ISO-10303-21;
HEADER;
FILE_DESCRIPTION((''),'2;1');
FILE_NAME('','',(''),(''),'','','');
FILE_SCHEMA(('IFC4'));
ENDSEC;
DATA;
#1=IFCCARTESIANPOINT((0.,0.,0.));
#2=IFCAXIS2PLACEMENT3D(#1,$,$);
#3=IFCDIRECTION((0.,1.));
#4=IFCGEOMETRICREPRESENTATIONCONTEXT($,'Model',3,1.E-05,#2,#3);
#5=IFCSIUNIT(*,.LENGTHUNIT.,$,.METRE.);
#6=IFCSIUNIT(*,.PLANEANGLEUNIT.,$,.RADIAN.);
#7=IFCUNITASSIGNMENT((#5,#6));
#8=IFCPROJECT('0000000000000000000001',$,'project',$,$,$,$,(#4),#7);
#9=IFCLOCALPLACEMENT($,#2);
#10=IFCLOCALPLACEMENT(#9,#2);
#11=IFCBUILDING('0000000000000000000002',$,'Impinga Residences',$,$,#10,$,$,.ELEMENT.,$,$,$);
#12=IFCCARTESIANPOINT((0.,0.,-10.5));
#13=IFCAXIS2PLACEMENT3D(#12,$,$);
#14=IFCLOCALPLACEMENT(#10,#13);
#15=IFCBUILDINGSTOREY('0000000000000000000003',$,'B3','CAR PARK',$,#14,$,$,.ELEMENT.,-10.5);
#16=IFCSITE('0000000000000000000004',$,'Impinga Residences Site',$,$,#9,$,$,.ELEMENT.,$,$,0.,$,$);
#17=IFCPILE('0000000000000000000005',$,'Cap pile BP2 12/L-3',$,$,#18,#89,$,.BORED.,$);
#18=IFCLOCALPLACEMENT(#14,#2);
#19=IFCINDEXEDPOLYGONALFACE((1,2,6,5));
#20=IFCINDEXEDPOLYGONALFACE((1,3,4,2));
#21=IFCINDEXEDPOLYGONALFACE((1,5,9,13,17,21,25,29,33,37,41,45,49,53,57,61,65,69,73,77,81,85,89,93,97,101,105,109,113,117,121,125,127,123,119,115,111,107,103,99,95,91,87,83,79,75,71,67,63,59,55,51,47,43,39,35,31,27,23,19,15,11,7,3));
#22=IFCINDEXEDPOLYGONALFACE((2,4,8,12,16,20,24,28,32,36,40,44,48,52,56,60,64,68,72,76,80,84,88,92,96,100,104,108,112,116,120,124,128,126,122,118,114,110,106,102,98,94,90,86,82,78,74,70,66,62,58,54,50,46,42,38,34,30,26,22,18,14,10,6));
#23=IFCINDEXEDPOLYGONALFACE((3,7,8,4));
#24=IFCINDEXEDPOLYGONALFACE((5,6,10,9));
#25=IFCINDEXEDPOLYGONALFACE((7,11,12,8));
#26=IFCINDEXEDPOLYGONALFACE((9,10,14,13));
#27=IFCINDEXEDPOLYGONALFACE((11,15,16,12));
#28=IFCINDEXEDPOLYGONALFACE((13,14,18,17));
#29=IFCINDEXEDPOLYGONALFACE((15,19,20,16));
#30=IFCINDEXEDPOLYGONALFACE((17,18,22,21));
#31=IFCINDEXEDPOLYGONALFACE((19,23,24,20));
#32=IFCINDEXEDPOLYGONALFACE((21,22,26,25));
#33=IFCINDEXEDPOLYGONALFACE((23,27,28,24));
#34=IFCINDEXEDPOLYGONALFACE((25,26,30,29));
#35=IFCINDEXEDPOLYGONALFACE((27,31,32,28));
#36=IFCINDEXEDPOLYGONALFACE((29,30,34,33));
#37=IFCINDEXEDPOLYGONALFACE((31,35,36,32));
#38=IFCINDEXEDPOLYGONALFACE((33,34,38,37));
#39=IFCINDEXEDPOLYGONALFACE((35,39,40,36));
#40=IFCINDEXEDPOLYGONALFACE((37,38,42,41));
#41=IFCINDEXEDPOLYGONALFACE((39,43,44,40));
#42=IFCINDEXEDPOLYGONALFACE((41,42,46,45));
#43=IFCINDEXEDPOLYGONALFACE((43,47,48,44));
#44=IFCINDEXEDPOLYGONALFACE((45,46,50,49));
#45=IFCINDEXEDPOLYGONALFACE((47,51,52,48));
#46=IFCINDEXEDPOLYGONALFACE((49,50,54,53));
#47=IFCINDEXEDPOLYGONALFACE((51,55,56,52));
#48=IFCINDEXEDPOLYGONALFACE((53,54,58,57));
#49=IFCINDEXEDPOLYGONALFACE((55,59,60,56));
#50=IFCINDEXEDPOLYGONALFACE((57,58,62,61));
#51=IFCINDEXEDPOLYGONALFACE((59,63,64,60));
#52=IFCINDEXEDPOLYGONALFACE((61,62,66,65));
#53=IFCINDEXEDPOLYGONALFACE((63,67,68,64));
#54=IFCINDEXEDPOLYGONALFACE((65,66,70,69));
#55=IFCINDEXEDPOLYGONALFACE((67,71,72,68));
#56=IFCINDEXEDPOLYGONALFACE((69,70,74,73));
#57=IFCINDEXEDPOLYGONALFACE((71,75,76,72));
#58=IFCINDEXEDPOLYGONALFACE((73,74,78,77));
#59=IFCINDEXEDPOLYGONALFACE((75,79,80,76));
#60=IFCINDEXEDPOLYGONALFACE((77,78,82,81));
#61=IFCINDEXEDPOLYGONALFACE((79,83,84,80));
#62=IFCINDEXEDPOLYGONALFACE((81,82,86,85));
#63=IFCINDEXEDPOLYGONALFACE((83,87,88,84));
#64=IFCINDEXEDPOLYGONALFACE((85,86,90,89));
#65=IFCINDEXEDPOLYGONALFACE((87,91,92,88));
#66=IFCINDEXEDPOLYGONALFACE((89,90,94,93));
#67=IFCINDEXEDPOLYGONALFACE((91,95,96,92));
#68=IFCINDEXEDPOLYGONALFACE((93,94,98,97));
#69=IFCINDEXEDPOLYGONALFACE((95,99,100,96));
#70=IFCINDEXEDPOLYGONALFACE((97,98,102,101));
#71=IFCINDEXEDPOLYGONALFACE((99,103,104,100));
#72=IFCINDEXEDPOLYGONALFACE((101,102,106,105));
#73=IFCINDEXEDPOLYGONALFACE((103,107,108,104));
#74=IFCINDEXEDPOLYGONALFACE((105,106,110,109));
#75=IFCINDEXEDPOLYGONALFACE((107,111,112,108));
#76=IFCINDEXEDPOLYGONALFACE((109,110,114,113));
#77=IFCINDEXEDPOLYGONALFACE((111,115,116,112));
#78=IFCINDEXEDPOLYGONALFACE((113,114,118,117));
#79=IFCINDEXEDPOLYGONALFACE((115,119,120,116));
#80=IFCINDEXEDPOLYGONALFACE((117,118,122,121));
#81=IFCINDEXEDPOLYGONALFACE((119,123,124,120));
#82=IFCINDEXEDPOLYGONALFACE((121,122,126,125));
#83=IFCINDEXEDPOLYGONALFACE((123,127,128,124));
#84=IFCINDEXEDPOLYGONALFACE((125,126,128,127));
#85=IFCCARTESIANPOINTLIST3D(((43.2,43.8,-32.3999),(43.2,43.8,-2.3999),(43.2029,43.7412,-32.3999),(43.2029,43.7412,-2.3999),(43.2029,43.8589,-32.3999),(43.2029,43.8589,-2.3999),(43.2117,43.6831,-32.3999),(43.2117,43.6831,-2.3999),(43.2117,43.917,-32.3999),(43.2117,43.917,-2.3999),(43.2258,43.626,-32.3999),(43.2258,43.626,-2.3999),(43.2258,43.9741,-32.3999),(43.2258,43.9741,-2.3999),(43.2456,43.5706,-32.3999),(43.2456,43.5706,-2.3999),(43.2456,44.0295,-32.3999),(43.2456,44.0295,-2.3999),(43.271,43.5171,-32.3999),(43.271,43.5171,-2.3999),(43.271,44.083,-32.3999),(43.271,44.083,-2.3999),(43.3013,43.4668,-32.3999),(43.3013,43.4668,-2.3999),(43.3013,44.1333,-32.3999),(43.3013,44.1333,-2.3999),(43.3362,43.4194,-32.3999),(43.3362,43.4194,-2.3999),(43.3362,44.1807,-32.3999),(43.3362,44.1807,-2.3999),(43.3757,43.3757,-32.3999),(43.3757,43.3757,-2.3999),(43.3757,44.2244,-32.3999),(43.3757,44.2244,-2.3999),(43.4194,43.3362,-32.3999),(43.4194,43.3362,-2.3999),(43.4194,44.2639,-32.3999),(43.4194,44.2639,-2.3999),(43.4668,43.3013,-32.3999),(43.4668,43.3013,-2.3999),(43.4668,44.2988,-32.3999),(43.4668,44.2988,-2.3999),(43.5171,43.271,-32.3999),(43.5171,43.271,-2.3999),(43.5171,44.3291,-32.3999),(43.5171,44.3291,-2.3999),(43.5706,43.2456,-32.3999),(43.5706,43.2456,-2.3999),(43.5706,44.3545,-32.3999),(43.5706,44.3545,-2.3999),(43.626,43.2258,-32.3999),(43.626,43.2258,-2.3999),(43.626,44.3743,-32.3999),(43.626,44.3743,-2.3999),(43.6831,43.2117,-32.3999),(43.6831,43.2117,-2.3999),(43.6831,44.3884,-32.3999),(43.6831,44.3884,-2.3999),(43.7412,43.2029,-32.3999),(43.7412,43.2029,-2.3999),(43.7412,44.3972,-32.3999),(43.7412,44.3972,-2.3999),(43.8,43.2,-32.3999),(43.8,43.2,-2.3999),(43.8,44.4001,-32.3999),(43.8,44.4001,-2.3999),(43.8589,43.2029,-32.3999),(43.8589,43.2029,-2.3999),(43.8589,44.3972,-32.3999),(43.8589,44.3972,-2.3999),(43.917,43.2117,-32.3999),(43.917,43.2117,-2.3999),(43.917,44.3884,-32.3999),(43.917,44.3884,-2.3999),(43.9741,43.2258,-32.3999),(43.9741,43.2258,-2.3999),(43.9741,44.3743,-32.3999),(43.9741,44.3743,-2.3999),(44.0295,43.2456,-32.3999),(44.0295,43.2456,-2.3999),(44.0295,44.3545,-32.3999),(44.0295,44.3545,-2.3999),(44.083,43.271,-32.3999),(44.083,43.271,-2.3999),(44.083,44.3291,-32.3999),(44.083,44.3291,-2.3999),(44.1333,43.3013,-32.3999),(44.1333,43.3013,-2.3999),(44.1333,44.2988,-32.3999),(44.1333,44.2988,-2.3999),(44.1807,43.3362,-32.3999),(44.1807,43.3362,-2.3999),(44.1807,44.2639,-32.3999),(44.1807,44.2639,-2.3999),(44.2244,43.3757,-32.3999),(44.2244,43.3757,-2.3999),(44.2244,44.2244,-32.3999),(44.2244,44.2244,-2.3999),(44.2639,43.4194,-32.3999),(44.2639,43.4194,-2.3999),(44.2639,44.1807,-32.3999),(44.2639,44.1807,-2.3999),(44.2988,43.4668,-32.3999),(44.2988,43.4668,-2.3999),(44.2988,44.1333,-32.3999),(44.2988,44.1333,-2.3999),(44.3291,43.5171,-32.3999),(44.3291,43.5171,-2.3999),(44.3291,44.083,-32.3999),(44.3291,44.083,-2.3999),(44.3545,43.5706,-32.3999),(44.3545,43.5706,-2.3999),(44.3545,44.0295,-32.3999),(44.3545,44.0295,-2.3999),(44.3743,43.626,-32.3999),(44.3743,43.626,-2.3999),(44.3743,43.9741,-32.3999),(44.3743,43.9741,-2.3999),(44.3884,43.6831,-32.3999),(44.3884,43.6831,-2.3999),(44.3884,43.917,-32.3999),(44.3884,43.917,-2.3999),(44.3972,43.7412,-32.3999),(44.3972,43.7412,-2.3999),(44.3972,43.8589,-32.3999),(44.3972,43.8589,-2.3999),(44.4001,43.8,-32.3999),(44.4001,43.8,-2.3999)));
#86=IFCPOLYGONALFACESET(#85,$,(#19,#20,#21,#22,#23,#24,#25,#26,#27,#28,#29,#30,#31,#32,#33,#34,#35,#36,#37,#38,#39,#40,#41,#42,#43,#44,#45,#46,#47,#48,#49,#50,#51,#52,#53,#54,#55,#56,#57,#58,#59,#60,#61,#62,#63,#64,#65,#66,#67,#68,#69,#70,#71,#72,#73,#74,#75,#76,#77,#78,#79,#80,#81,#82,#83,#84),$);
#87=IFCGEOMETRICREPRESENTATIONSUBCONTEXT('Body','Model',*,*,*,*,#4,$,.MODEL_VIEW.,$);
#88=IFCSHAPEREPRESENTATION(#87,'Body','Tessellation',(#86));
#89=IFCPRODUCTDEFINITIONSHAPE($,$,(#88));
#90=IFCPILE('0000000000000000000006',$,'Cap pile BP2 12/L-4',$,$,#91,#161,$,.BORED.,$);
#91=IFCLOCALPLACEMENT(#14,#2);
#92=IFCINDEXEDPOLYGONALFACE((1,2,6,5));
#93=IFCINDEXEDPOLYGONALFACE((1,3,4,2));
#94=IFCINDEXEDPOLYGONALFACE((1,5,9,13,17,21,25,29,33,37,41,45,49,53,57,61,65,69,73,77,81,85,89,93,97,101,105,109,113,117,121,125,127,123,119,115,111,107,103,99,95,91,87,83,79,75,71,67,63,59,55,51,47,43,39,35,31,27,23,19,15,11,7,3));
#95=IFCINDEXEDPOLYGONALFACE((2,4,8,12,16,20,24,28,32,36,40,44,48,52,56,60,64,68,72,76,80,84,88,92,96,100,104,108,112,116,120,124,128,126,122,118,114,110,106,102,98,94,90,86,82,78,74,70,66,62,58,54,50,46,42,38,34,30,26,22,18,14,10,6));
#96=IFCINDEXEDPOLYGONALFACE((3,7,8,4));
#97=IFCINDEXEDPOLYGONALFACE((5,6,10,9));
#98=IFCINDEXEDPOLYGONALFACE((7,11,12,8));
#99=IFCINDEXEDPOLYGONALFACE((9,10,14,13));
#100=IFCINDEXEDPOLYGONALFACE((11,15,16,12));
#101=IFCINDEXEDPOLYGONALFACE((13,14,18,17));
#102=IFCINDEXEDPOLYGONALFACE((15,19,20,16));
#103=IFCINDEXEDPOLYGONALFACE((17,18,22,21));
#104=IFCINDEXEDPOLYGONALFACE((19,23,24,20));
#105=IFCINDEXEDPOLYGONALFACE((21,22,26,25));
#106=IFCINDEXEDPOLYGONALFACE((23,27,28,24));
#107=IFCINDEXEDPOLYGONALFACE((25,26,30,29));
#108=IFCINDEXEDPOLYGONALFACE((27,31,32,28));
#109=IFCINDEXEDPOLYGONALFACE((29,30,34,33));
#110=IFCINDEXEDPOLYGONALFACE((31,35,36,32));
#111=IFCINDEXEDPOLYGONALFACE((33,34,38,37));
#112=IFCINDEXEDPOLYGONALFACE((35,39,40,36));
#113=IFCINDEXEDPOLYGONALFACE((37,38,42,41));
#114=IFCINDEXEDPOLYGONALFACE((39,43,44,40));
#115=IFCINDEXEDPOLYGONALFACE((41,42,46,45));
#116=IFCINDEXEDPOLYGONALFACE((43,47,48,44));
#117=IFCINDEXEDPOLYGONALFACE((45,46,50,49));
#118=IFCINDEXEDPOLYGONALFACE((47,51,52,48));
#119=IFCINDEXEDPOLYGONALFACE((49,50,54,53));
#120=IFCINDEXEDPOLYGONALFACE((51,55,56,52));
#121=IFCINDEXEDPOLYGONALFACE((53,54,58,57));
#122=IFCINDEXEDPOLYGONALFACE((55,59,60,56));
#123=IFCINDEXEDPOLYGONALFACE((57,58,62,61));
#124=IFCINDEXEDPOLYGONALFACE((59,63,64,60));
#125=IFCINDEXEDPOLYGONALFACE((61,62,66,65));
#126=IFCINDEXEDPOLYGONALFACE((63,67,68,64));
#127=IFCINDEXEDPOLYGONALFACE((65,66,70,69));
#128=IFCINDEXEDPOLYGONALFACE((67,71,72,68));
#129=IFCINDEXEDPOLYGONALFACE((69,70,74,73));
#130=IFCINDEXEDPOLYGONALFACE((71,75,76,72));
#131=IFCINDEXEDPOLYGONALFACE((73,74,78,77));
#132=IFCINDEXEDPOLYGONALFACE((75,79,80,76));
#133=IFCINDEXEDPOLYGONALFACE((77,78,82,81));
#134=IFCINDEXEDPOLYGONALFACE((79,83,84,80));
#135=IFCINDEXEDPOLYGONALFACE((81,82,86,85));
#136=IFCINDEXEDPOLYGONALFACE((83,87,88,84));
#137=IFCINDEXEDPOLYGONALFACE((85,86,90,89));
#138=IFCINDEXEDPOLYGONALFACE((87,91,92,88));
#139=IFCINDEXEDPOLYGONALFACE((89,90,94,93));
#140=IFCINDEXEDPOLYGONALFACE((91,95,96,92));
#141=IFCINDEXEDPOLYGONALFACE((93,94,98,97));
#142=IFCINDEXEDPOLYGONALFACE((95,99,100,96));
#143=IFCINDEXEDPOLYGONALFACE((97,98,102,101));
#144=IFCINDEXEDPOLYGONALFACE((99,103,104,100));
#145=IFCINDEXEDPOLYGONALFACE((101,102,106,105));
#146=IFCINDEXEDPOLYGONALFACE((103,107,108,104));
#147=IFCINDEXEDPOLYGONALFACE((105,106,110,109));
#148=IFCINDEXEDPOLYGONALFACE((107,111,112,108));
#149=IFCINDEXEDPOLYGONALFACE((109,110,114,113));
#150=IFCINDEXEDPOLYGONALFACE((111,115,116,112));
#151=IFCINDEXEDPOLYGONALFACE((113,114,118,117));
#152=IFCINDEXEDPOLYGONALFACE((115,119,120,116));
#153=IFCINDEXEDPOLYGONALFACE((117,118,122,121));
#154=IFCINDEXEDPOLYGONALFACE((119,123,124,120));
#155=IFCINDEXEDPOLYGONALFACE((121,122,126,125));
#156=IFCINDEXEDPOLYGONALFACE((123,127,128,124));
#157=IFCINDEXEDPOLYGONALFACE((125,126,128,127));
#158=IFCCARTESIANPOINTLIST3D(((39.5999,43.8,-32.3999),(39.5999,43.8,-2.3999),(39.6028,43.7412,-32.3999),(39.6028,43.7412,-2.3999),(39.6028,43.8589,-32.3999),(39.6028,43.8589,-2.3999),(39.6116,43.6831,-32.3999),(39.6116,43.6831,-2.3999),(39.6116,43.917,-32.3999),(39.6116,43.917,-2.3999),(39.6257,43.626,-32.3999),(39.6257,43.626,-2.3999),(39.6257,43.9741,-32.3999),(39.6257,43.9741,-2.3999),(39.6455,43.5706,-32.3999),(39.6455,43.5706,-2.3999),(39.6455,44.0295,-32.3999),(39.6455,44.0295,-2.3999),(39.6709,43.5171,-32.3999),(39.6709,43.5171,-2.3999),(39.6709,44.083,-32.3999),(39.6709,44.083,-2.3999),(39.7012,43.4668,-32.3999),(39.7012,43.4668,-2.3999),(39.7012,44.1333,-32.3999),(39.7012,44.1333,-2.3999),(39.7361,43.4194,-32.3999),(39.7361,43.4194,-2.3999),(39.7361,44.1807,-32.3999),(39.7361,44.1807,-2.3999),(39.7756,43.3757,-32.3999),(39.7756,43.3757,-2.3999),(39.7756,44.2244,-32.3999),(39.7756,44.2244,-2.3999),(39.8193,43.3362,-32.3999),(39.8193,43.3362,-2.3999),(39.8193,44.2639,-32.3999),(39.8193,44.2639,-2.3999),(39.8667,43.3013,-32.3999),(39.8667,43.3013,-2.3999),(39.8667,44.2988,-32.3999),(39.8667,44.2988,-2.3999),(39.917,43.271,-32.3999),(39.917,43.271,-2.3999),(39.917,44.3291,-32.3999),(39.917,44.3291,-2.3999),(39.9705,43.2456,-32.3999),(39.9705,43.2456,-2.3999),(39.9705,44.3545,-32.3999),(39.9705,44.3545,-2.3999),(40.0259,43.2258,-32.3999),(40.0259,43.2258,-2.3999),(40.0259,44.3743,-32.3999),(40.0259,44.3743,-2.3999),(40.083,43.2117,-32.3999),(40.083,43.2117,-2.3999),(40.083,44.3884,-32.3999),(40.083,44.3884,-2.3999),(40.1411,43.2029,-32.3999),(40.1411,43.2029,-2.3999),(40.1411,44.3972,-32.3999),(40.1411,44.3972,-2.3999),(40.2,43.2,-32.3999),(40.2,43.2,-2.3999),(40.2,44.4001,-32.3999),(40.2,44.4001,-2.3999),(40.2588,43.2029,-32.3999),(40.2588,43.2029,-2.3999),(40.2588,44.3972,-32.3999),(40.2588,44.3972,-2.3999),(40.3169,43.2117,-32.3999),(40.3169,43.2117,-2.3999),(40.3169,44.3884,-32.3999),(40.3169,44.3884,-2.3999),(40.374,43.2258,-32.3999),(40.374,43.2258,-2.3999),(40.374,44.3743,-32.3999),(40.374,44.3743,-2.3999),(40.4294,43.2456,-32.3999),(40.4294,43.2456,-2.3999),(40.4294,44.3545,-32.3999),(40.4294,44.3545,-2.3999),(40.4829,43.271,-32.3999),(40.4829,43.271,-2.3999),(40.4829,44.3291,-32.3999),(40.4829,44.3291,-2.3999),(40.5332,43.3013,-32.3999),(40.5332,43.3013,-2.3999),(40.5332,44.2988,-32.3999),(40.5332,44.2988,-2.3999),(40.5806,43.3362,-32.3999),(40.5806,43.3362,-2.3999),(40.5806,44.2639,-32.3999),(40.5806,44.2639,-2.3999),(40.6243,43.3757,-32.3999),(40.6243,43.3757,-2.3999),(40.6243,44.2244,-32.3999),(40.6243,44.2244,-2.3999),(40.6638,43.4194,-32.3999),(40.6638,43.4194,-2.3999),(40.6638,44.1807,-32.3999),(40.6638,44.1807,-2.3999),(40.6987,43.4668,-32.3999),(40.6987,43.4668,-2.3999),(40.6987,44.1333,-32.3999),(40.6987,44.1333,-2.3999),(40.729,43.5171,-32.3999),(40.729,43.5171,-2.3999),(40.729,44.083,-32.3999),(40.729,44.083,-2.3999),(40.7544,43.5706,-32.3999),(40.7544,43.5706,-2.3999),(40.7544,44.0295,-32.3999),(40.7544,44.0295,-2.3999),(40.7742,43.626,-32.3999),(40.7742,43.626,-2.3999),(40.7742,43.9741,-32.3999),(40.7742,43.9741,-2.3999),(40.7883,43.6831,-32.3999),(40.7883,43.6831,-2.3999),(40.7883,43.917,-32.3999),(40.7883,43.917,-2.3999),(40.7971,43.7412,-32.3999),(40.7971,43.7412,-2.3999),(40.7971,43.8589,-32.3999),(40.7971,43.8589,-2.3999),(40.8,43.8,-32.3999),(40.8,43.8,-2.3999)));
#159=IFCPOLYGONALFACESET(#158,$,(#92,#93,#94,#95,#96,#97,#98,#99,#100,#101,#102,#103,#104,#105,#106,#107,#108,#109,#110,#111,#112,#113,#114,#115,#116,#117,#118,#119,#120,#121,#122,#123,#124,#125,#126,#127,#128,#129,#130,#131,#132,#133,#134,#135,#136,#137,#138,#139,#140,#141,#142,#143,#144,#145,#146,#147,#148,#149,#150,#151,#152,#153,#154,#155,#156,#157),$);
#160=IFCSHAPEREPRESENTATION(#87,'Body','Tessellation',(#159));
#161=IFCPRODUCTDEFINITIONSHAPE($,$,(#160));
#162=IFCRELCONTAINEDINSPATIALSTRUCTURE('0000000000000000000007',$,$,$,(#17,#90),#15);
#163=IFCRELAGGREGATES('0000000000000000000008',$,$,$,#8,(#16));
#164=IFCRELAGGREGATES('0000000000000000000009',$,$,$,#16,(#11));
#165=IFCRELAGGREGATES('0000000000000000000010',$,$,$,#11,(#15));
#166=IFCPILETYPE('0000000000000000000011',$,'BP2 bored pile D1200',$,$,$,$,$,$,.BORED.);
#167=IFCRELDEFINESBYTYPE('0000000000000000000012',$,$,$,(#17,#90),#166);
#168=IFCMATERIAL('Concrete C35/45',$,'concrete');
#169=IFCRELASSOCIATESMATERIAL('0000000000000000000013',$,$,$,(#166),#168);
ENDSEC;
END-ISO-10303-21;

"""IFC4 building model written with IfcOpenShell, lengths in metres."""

from ifc_helpers import new_model, si_unit, direction, frame, origin, origin_2d, place, context, subcontext, project, spatial, polyline, circle, outline, extrude, material, material_profile, profile_set, type_object, element, save


model = new_model("IFC4")

# Units and contexts
model_context = context("Model", 3, precision=1e-05, world=origin(), true_north=direction((0.0, 1.0)))
body_context = subcontext(model_context, "Body", "Model", "MODEL_VIEW")
ifc_project = project(units=[si_unit("LENGTHUNIT", "METRE"), si_unit("PLANEANGLEUNIT", "RADIAN")], contexts=[model_context])

# Site, building, storey
site_placement = place(None, origin())
site = spatial("IfcSite", under=ifc_project, at=site_placement, Name="Impinga Residences Site", CompositionType="ELEMENT", RefElevation=0.0)
building_placement = place(site_placement, origin())
building = spatial("IfcBuilding", under=site, at=building_placement, Name="Impinga Residences", CompositionType="ELEMENT")
storey_placement = place(building_placement, frame((0.0, 0.0, -10.5)))
storey = spatial("IfcBuildingStorey", under=building, at=storey_placement, Name="B3", Description="CAR PARK", CompositionType="ELEMENT", Elevation=-10.5)

# Piles
ifc_material_1 = material(Name="Concrete C35/45", Category="concrete")
ifc_material_profile_1 = material_profile(ifc_material_1, circle(Radius=0.6001, at=origin_2d()), Name="D1200")
ifc_profile_set_1 = profile_set([ifc_material_profile_1], Name="Concrete C35/45")
pile_type = type_object("IfcPileType", Name="BP2 bored pile D1200", PredefinedType="BORED", material=ifc_profile_set_1)
pile_1_placement = place(storey_placement, frame((43.8, 43.8, -2.3999), z_axis=(0.0, 0.0, -1.0), x_axis=(1.0, 0.0, 0.0)))
element("IfcPile", 1, at=pile_1_placement, inside=storey, type_object=pile_type, Name="Cap pile BP2 12/L-3", PredefinedType="BORED", context=body_context, shape_type="SweptSolid", body=[
    extrude(outline(polyline([(0.6001, 0.0), (0.5972, 0.0588), (0.5884, 0.1169), (0.5742, 0.1741), (0.5544, 0.2295), (0.5291, 0.283), (0.4988, 0.3333), (0.4639, 0.3806), (0.4243, 0.4243), (0.3806, 0.4639), (0.3333, 0.4988), (0.283, 0.5291), (0.2295, 0.5544), (0.1741, 0.5742), (0.1169, 0.5884), (0.0588, 0.5972), (0.0, 0.6001), (-0.0588, 0.5972), (-0.1169, 0.5884), (-0.1741, 0.5742), (-0.2295, 0.5544), (-0.283, 0.5291), (-0.3333, 0.4988), (-0.3806, 0.4639), (-0.4243, 0.4243), (-0.4639, 0.3806), (-0.4988, 0.3333), (-0.5291, 0.283), (-0.5544, 0.2295), (-0.5742, 0.1741), (-0.5884, 0.1169), (-0.5972, 0.0588), (-0.6001, 0.0), (-0.5972, -0.0588), (-0.5884, -0.1169), (-0.5742, -0.1741), (-0.5544, -0.2295), (-0.5291, -0.283), (-0.4988, -0.3333), (-0.4639, -0.3806), (-0.4243, -0.4243), (-0.3806, -0.4639), (-0.3333, -0.4988), (-0.283, -0.5291), (-0.2295, -0.5544), (-0.1741, -0.5742), (-0.1169, -0.5884), (-0.0588, -0.5972), (0.0, -0.6001), (0.0588, -0.5972), (0.1169, -0.5884), (0.1741, -0.5742), (0.2295, -0.5544), (0.283, -0.5291), (0.3333, -0.4988), (0.3806, -0.4639), (0.4243, -0.4243), (0.4639, -0.3806), (0.4988, -0.3333), (0.5291, -0.283), (0.5544, -0.2295), (0.5742, -0.1741), (0.5884, -0.1169), (0.5972, -0.0588), (0.6001, 0.0)])), origin(), (0.0, 0.0, 1.0), 30.0),
])
pile_2_placement = place(storey_placement, frame((40.2, 43.8, -2.3999), z_axis=(0.0, 0.0, -1.0), x_axis=(1.0, 0.0, 0.0)))
element("IfcPile", 2, at=pile_2_placement, inside=storey, type_object=pile_type, Name="Cap pile BP2 12/L-4", PredefinedType="BORED", context=body_context, shape_type="SweptSolid", body=[
    extrude(outline(polyline([(0.6001, 0.0), (0.5972, 0.0588), (0.5884, 0.1169), (0.5742, 0.1741), (0.5544, 0.2295), (0.5291, 0.283), (0.4988, 0.3333), (0.4639, 0.3806), (0.4243, 0.4243), (0.3806, 0.4639), (0.3333, 0.4988), (0.283, 0.5291), (0.2295, 0.5544), (0.1741, 0.5742), (0.1169, 0.5884), (0.0588, 0.5972), (0.0, 0.6001), (-0.0588, 0.5972), (-0.1169, 0.5884), (-0.1741, 0.5742), (-0.2295, 0.5544), (-0.283, 0.5291), (-0.3333, 0.4988), (-0.3806, 0.4639), (-0.4243, 0.4243), (-0.4639, 0.3806), (-0.4988, 0.3333), (-0.5291, 0.283), (-0.5544, 0.2295), (-0.5742, 0.1741), (-0.5884, 0.1169), (-0.5972, 0.0588), (-0.6001, 0.0), (-0.5972, -0.0588), (-0.5884, -0.1169), (-0.5742, -0.1741), (-0.5544, -0.2295), (-0.5291, -0.283), (-0.4988, -0.3333), (-0.4639, -0.3806), (-0.4243, -0.4243), (-0.3806, -0.4639), (-0.3333, -0.4988), (-0.283, -0.5291), (-0.2295, -0.5544), (-0.1741, -0.5742), (-0.1169, -0.5884), (-0.0588, -0.5972), (0.0, -0.6001), (0.0588, -0.5972), (0.1169, -0.5884), (0.1741, -0.5742), (0.2295, -0.5544), (0.283, -0.5291), (0.3333, -0.4988), (0.3806, -0.4639), (0.4243, -0.4243), (0.4639, -0.3806), (0.4988, -0.3333), (0.5291, -0.283), (0.5544, -0.2295), (0.5742, -0.1741), (0.5884, -0.1169), (0.5972, -0.0588), (0.6001, 0.0)])), origin(), (0.0, 0.0, 1.0), 30.0),
])

save(model, "model.ifc")
